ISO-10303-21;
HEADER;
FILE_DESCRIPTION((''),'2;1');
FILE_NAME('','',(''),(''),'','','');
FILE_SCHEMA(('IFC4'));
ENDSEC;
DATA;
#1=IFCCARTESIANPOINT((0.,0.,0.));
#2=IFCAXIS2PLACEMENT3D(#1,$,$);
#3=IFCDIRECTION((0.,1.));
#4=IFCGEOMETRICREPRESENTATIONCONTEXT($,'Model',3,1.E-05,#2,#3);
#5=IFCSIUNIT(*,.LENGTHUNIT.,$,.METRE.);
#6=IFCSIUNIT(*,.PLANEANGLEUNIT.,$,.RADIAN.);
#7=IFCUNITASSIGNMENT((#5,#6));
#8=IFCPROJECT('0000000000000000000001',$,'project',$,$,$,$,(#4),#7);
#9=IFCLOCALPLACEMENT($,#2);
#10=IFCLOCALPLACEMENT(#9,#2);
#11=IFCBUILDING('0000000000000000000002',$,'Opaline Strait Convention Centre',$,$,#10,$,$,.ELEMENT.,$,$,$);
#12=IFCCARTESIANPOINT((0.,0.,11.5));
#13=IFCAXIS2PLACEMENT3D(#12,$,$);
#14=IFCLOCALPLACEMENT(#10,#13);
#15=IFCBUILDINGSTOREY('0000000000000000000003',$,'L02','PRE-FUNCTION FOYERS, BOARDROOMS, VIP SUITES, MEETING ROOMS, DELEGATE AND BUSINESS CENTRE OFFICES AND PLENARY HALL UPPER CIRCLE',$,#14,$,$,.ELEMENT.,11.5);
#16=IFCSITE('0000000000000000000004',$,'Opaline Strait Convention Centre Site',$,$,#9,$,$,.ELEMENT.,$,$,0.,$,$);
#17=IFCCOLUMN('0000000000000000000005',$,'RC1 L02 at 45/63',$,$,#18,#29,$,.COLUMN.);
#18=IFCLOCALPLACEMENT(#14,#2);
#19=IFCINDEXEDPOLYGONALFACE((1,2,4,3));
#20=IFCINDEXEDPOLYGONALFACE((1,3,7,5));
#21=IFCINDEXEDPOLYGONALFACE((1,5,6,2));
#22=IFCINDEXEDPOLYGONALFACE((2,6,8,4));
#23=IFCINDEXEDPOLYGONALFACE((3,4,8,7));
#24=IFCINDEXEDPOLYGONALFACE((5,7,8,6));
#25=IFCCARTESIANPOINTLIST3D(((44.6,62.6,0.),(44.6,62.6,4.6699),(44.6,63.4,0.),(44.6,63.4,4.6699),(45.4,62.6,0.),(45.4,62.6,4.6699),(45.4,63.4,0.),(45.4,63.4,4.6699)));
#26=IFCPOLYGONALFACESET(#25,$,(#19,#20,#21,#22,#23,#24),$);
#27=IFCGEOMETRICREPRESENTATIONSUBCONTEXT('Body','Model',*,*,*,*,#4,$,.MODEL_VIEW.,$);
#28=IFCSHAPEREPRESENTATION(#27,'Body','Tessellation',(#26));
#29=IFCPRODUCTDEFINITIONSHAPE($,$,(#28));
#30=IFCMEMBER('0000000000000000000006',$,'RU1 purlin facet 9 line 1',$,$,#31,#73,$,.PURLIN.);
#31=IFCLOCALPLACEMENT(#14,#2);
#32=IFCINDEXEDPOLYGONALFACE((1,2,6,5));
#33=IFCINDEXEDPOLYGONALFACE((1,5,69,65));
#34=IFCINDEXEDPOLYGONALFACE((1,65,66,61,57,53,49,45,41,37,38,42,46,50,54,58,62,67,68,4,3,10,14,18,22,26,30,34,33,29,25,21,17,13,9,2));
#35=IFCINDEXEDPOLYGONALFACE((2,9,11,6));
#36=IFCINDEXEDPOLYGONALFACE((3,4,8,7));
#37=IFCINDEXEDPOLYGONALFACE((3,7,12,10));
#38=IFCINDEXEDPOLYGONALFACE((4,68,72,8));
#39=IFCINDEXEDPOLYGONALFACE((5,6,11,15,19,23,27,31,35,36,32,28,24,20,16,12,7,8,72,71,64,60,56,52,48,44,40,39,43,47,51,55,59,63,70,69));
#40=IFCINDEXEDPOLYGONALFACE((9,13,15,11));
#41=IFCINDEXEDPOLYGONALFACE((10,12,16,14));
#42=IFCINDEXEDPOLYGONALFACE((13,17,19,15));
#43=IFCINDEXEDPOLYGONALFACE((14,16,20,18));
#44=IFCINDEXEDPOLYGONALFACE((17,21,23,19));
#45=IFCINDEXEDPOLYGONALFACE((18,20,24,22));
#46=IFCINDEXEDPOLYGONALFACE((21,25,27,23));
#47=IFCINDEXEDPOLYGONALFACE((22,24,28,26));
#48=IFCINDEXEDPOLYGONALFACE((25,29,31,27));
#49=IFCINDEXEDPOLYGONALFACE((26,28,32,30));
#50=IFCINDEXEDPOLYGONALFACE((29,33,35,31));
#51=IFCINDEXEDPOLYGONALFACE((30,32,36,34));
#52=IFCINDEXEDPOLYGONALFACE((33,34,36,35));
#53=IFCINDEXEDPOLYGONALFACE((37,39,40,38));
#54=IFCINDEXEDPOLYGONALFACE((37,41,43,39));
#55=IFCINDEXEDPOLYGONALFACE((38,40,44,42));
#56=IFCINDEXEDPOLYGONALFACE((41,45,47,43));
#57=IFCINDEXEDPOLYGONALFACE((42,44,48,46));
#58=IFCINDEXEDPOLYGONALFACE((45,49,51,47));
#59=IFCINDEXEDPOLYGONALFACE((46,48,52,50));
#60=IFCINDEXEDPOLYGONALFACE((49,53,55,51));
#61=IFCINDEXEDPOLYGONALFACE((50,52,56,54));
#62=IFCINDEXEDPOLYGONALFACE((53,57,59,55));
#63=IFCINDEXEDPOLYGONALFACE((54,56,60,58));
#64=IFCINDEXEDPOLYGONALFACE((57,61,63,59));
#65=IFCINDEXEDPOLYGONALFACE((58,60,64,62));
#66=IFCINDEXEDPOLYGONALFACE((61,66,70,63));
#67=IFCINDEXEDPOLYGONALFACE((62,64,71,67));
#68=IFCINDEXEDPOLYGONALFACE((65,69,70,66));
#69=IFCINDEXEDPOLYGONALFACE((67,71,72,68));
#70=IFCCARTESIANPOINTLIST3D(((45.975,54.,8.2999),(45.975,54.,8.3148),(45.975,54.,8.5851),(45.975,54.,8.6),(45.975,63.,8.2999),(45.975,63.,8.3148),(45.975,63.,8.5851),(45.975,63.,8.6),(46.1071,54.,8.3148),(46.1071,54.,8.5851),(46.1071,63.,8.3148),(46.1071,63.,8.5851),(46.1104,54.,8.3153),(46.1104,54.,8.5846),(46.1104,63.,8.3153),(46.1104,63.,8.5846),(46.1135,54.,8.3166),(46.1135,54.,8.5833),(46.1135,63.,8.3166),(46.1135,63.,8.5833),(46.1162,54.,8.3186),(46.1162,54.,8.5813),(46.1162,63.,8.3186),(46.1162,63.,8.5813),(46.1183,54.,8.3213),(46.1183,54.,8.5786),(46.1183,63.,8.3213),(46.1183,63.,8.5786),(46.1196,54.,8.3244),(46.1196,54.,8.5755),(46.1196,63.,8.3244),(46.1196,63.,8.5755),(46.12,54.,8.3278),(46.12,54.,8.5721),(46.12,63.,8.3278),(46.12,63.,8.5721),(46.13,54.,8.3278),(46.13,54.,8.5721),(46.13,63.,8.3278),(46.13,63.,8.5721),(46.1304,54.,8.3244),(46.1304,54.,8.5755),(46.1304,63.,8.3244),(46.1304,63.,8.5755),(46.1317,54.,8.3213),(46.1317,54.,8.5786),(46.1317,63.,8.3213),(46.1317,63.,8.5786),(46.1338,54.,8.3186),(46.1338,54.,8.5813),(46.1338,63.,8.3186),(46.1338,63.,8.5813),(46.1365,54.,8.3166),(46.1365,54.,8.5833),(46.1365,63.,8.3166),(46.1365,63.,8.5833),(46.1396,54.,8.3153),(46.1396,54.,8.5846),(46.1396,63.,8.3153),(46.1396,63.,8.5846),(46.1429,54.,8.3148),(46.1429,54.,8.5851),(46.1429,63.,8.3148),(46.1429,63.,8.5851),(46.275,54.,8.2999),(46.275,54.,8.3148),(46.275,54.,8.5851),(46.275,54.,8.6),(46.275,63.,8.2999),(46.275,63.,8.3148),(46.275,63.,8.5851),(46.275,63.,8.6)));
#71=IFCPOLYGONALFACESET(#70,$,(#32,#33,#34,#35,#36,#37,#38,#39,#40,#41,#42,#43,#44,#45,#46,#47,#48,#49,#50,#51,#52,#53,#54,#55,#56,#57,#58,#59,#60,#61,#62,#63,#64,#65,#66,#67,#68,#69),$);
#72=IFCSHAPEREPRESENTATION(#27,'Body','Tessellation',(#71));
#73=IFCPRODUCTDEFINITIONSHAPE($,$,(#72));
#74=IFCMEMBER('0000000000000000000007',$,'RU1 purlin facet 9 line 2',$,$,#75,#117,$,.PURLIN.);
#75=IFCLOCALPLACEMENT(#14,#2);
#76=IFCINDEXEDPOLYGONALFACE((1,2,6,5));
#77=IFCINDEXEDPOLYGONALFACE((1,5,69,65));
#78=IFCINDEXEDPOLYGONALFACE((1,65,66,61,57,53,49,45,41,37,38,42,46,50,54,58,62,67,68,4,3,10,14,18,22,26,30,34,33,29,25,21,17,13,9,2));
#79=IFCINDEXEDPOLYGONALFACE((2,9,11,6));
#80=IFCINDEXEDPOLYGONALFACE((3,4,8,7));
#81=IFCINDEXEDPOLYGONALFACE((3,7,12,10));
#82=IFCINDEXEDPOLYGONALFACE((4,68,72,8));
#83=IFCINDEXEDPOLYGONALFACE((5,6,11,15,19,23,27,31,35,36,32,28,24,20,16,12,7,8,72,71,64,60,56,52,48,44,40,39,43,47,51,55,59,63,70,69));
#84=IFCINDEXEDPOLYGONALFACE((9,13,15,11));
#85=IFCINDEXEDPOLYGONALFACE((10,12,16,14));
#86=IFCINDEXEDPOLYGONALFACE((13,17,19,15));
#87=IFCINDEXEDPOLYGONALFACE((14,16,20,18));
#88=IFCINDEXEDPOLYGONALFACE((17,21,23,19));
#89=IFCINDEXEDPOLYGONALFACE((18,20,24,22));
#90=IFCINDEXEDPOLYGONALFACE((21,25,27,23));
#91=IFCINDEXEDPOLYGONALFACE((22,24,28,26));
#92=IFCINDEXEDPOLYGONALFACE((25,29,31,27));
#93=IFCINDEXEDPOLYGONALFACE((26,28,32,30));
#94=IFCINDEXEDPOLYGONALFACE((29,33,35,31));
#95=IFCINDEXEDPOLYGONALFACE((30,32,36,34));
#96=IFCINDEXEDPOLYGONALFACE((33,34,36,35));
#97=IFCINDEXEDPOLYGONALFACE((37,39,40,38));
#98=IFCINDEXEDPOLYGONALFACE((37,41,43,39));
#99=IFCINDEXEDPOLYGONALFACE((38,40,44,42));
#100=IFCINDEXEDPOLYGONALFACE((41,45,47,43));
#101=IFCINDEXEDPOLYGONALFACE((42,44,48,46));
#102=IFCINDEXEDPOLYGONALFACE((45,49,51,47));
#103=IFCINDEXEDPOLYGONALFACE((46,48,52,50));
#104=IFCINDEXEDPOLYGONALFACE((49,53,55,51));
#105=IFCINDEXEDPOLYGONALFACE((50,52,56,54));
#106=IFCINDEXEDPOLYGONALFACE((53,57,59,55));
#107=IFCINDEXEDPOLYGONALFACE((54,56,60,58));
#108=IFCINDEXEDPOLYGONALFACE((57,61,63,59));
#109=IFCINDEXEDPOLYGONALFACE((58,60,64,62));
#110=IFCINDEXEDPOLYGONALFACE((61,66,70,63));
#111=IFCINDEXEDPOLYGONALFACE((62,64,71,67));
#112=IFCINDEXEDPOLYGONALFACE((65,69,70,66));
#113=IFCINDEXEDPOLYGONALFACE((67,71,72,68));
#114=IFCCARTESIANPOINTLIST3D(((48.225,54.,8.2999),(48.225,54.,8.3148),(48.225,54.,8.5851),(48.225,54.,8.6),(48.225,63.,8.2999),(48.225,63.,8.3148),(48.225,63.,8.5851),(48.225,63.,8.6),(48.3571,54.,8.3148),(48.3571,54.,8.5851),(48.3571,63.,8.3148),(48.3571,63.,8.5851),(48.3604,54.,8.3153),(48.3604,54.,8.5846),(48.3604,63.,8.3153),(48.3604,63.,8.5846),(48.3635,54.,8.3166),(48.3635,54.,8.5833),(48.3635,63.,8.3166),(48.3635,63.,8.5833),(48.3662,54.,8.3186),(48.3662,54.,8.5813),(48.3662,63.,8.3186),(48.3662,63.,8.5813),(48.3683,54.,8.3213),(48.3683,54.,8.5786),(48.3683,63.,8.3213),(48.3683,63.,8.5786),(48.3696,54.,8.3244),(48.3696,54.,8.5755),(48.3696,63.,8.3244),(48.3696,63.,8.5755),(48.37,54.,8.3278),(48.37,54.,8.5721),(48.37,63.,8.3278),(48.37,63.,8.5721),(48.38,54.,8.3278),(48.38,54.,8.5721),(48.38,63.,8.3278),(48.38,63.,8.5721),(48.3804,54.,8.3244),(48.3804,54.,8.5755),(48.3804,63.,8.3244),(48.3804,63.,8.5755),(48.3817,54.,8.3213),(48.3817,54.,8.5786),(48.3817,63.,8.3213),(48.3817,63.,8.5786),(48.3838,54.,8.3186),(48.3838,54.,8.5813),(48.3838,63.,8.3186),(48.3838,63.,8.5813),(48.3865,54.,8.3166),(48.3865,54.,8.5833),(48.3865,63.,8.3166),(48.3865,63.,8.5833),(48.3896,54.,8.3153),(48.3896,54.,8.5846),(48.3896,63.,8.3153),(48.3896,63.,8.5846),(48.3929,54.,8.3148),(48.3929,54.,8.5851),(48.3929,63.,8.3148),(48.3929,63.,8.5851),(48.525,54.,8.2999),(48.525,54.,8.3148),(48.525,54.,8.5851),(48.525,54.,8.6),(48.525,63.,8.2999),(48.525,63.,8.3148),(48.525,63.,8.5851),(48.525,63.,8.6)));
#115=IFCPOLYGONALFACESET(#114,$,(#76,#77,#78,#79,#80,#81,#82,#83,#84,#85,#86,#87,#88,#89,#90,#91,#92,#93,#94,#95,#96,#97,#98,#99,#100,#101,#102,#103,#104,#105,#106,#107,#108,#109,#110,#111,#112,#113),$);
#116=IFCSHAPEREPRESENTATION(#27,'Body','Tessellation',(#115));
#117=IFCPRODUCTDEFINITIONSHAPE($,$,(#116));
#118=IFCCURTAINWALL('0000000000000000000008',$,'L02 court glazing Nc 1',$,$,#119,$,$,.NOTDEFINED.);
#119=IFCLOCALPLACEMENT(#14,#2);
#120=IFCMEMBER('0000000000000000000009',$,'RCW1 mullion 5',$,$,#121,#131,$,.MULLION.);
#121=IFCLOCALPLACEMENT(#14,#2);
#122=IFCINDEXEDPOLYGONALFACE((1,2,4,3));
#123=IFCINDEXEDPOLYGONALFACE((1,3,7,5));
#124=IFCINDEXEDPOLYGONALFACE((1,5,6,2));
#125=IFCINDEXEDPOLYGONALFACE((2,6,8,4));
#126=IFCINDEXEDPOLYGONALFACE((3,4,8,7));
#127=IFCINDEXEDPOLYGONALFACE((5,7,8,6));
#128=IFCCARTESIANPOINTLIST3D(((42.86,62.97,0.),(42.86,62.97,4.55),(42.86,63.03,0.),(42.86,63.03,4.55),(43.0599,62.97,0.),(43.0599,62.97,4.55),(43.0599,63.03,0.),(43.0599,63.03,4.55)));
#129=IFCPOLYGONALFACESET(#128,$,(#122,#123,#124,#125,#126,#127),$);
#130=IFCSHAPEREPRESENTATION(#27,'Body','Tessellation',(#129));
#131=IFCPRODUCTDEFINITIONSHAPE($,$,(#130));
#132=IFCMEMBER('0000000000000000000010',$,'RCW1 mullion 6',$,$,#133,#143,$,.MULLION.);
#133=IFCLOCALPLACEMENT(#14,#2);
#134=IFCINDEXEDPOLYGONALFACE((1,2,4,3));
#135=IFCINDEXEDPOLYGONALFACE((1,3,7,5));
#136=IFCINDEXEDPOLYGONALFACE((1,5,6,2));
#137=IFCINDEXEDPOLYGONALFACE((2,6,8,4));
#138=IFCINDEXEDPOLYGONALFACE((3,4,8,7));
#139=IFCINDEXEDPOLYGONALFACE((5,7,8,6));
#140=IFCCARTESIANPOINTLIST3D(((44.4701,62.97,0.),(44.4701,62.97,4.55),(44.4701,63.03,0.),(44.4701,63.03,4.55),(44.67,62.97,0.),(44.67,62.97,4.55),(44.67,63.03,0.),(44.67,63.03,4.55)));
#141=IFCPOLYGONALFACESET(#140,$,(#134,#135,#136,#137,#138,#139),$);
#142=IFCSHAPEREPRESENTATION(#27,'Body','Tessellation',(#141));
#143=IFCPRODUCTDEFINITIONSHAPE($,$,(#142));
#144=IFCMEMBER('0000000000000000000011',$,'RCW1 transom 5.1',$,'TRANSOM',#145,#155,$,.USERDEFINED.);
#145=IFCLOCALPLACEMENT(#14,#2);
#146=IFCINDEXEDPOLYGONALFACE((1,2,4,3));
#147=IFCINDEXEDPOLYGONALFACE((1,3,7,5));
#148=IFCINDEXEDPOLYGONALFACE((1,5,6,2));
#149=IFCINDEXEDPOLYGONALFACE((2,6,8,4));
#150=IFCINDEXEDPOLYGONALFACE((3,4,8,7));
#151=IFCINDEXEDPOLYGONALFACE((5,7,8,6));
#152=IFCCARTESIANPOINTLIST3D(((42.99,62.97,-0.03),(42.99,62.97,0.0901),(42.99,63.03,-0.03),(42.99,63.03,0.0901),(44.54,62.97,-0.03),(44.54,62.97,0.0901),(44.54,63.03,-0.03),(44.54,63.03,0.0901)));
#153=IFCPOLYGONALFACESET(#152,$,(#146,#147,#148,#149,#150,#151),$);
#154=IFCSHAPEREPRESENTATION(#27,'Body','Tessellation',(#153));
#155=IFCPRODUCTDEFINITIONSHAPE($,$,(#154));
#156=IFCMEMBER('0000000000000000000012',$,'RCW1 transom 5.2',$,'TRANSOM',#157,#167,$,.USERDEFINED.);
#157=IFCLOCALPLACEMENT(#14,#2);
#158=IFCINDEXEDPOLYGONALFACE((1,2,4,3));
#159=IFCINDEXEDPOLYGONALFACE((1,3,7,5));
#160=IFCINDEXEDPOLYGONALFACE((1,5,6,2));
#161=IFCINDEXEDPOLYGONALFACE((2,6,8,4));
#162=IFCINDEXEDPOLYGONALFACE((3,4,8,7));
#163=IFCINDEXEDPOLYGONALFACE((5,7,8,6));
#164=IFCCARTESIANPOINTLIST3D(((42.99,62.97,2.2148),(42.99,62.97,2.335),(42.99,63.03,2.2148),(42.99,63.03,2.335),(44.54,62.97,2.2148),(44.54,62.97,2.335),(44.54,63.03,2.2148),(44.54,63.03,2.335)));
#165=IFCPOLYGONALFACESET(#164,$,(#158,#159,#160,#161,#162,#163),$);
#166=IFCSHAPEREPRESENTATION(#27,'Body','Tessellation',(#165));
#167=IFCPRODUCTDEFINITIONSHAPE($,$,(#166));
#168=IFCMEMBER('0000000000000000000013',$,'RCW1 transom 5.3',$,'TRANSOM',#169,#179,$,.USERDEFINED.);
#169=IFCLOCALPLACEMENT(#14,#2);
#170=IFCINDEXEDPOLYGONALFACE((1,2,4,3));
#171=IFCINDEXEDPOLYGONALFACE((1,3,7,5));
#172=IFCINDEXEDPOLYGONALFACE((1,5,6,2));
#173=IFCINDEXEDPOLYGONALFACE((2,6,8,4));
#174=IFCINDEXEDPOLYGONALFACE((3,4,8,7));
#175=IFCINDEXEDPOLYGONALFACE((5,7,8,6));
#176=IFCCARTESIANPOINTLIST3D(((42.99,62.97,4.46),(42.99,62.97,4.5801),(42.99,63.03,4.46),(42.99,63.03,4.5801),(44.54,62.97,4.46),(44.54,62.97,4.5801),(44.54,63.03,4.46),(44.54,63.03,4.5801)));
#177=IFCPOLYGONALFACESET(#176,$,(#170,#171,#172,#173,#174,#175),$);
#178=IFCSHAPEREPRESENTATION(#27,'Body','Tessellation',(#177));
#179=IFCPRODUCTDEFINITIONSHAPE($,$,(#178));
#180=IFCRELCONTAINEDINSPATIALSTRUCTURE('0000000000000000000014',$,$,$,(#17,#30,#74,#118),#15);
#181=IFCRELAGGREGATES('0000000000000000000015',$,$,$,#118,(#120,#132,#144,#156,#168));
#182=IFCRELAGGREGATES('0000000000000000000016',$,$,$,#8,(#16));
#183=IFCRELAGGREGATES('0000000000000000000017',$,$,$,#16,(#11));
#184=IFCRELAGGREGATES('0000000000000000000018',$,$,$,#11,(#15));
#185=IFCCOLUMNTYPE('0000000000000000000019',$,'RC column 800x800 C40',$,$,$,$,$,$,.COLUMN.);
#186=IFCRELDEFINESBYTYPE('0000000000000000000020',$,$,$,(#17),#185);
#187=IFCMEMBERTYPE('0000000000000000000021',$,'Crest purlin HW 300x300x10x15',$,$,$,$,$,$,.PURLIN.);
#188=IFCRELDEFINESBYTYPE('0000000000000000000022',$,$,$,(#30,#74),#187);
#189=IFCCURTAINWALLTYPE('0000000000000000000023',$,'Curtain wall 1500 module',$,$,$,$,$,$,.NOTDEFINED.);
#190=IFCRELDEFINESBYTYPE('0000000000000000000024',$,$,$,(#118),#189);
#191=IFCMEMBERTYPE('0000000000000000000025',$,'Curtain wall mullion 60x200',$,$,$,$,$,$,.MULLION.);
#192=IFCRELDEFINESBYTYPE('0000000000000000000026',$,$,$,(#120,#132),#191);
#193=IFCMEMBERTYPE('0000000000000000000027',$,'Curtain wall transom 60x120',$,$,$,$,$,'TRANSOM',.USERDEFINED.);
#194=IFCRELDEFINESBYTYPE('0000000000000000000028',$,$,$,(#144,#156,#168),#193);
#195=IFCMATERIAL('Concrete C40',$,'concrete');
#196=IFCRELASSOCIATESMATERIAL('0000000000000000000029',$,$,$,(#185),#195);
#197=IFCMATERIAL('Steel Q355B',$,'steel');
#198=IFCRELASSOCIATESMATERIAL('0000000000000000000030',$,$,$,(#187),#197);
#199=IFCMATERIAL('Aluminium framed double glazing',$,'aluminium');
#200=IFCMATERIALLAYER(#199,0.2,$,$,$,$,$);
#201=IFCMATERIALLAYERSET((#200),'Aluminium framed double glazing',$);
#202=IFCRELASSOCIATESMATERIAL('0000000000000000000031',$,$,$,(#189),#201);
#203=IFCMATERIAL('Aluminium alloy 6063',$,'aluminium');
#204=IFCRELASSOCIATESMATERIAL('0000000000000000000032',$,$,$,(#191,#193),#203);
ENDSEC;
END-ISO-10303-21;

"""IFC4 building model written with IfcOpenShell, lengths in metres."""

from ifc_helpers import new_model, si_unit, direction, frame, origin, origin_2d, place, context, subcontext, project, spatial, rectangle, i_section, extrude, material, layer, layer_set, material_profile, profile_set, type_object, element, aggregate, save


model = new_model("IFC4")

# Units and contexts
model_context = context("Model", 3, precision=1e-05, world=origin(), true_north=direction((0.0, 1.0)))
body_context = subcontext(model_context, "Body", "Model", "MODEL_VIEW")
ifc_project = project(units=[si_unit("LENGTHUNIT", "METRE"), si_unit("PLANEANGLEUNIT", "RADIAN")], contexts=[model_context])

# Site, building, storey
site_placement = place(None, origin())
site = spatial("IfcSite", under=ifc_project, at=site_placement, Name="Opaline Strait Convention Centre Site", CompositionType="ELEMENT", RefElevation=0.0)
building_placement = place(site_placement, origin())
building = spatial("IfcBuilding", under=site, at=building_placement, Name="Opaline Strait Convention Centre", CompositionType="ELEMENT")
storey_placement = place(building_placement, frame((0.0, 0.0, 11.5)))
storey = spatial("IfcBuildingStorey", under=building, at=storey_placement, Name="L02", Description="PRE-FUNCTION FOYERS, BOARDROOMS, VIP SUITES, MEETING ROOMS, DELEGATE AND BUSINESS CENTRE OFFICES AND PLENARY HALL UPPER CIRCLE", CompositionType="ELEMENT", Elevation=11.5)

# Column
ifc_material_1 = material(Name="Concrete C40", Category="concrete")
ifc_material_profile_1 = material_profile(ifc_material_1, rectangle(XDim=0.8, YDim=0.8, at=origin_2d()), Name="RC 800x800")
ifc_profile_set_1 = profile_set([ifc_material_profile_1], Name="Concrete C40")
column_type = type_object("IfcColumnType", Name="RC column 800x800 C40", PredefinedType="COLUMN", material=ifc_profile_set_1)
column_placement = place(storey_placement, frame((45.0, 63.0, 0.0), z_axis=(0.0, 0.0, 1.0), x_axis=(1.0, 0.0, 0.0)))
element("IfcColumn", 1, at=column_placement, inside=storey, type_object=column_type, Name="RC1 L02 at 45/63", PredefinedType="COLUMN", context=body_context, shape_type="SweptSolid", body=[
    extrude(rectangle(XDim=0.8, YDim=0.8, at=origin_2d()), origin(), (0.0, 0.0, 1.0), 4.6699),
])

# Members
ifc_material_2 = material(Name="Steel Q355B", Category="steel")
ifc_material_profile_2 = material_profile(ifc_material_2, i_section(OverallWidth=0.3, OverallDepth=0.3, WebThickness=0.01, FlangeThickness=0.0149, FilletRadius=0.0129, at=origin_2d()), Name="HW 300x300x10x15")
ifc_profile_set_2 = profile_set([ifc_material_profile_2], Name="Steel Q355B")
member_type_1 = type_object("IfcMemberType", Name="Crest purlin HW 300x300x10x15", PredefinedType="PURLIN", material=ifc_profile_set_2)
for number, where, z_axis, x_axis, name in (
    (2, (46.125, 54.0, 8.45), (0.0, 1.0, 0.0), (-1.0, 0.0, 0.0), "RU1 purlin facet 9 line 1"),
    (3, (48.375, 54.0, 8.45), (0.0, 1.0, 0.0), (-1.0, 0.0, 0.0), "RU1 purlin facet 9 line 2"),
):
    element("IfcMember", number, at=place(storey_placement, frame(where, z_axis=z_axis, x_axis=x_axis)), inside=storey, type_object=member_type_1, Name=name, PredefinedType="PURLIN", context=body_context, shape_type="SweptSolid", body=[
        extrude(i_section(OverallWidth=0.3, OverallDepth=0.3, WebThickness=0.01, FlangeThickness=0.0149, FilletRadius=0.0129, at=origin_2d()), origin(), (0.0, 0.0, 1.0), 9.0),
    ])

# Curtain wall, members
ifc_material_3 = material(Name="Aluminium framed double glazing", Category="aluminium")
ifc_layer_1 = layer(ifc_material_3, 0.2)
ifc_layer_set_1 = layer_set([ifc_layer_1], Name="Aluminium framed double glazing")
curtain_wall_type = type_object("IfcCurtainWallType", Name="Curtain wall 1500 module", PredefinedType="NOTDEFINED", material=ifc_layer_set_1)
curtain_wall_placement = place(storey_placement, origin())
curtain_wall = element("IfcCurtainWall", 4, at=curtain_wall_placement, inside=storey, type_object=curtain_wall_type, Name="L02 court glazing Nc 1", PredefinedType="NOTDEFINED")
ifc_material_4 = material(Name="Aluminium alloy 6063", Category="aluminium")
ifc_material_profile_3 = material_profile(ifc_material_4, rectangle(XDim=0.0601, YDim=0.2, at=origin_2d()), Name="Curtain wall mullion 60x200")
ifc_profile_set_3 = profile_set([ifc_material_profile_3], Name="Aluminium alloy 6063")
member_type_2 = type_object("IfcMemberType", Name="Curtain wall mullion 60x200", PredefinedType="MULLION", material=ifc_profile_set_3)
member_1_placement = place(storey_placement, frame((42.96, 63.0, 0.0), z_axis=(0.0, 0.0, 1.0), x_axis=(0.0, 1.0, 0.0)))
member_1 = element("IfcMember", 5, at=member_1_placement, type_object=member_type_2, Name="RCW1 mullion 5", PredefinedType="MULLION", context=body_context, shape_type="SweptSolid", body=[
    extrude(rectangle(XDim=0.0601, YDim=0.2, at=origin_2d()), origin(), (0.0, 0.0, 1.0), 4.55),
])
member_2_placement = place(storey_placement, frame((44.5701, 63.0, 0.0), z_axis=(0.0, 0.0, 1.0), x_axis=(0.0, 1.0, 0.0)))
member_2 = element("IfcMember", 6, at=member_2_placement, type_object=member_type_2, Name="RCW1 mullion 6", PredefinedType="MULLION", context=body_context, shape_type="SweptSolid", body=[
    extrude(rectangle(XDim=0.0601, YDim=0.2, at=origin_2d()), origin(), (0.0, 0.0, 1.0), 4.55),
])
ifc_material_profile_4 = material_profile(ifc_material_4, rectangle(XDim=0.0601, YDim=0.1201, at=origin_2d()), Name="Curtain wall transom 60x120")
ifc_profile_set_4 = profile_set([ifc_material_profile_4], Name="Aluminium alloy 6063")
member_type_3 = type_object("IfcMemberType", Name="Curtain wall transom 60x120", ElementType="TRANSOM", PredefinedType="USERDEFINED", material=ifc_profile_set_4)
member_3_placement = place(storey_placement, frame((42.99, 63.0, 0.03), z_axis=(1.0, 0.0, 0.0), x_axis=(0.0, 1.0, 0.0)))
member_3 = element("IfcMember", 7, at=member_3_placement, type_object=member_type_3, Name="RCW1 transom 5.1", ObjectType="TRANSOM", PredefinedType="USERDEFINED", context=body_context, shape_type="SweptSolid", body=[
    extrude(rectangle(XDim=0.0601, YDim=0.1201, at=origin_2d()), origin(), (0.0, 0.0, 1.0), 1.55),
])
member_4_placement = place(storey_placement, frame((42.99, 63.0, 2.2749), z_axis=(1.0, 0.0, 0.0), x_axis=(0.0, 1.0, 0.0)))
member_4 = element("IfcMember", 8, at=member_4_placement, type_object=member_type_3, Name="RCW1 transom 5.2", ObjectType="TRANSOM", PredefinedType="USERDEFINED", context=body_context, shape_type="SweptSolid", body=[
    extrude(rectangle(XDim=0.0601, YDim=0.1201, at=origin_2d()), origin(), (0.0, 0.0, 1.0), 1.55),
])
member_5_placement = place(storey_placement, frame((42.99, 63.0, 4.52), z_axis=(1.0, 0.0, 0.0), x_axis=(0.0, 1.0, 0.0)))
member_5 = element("IfcMember", 9, at=member_5_placement, type_object=member_type_3, Name="RCW1 transom 5.3", ObjectType="TRANSOM", PredefinedType="USERDEFINED", context=body_context, shape_type="SweptSolid", body=[
    extrude(rectangle(XDim=0.0601, YDim=0.1201, at=origin_2d()), origin(), (0.0, 0.0, 1.0), 1.55),
])

aggregate(curtain_wall, [member_1, member_2, member_3, member_4, member_5])

save(model, "model.ifc")
